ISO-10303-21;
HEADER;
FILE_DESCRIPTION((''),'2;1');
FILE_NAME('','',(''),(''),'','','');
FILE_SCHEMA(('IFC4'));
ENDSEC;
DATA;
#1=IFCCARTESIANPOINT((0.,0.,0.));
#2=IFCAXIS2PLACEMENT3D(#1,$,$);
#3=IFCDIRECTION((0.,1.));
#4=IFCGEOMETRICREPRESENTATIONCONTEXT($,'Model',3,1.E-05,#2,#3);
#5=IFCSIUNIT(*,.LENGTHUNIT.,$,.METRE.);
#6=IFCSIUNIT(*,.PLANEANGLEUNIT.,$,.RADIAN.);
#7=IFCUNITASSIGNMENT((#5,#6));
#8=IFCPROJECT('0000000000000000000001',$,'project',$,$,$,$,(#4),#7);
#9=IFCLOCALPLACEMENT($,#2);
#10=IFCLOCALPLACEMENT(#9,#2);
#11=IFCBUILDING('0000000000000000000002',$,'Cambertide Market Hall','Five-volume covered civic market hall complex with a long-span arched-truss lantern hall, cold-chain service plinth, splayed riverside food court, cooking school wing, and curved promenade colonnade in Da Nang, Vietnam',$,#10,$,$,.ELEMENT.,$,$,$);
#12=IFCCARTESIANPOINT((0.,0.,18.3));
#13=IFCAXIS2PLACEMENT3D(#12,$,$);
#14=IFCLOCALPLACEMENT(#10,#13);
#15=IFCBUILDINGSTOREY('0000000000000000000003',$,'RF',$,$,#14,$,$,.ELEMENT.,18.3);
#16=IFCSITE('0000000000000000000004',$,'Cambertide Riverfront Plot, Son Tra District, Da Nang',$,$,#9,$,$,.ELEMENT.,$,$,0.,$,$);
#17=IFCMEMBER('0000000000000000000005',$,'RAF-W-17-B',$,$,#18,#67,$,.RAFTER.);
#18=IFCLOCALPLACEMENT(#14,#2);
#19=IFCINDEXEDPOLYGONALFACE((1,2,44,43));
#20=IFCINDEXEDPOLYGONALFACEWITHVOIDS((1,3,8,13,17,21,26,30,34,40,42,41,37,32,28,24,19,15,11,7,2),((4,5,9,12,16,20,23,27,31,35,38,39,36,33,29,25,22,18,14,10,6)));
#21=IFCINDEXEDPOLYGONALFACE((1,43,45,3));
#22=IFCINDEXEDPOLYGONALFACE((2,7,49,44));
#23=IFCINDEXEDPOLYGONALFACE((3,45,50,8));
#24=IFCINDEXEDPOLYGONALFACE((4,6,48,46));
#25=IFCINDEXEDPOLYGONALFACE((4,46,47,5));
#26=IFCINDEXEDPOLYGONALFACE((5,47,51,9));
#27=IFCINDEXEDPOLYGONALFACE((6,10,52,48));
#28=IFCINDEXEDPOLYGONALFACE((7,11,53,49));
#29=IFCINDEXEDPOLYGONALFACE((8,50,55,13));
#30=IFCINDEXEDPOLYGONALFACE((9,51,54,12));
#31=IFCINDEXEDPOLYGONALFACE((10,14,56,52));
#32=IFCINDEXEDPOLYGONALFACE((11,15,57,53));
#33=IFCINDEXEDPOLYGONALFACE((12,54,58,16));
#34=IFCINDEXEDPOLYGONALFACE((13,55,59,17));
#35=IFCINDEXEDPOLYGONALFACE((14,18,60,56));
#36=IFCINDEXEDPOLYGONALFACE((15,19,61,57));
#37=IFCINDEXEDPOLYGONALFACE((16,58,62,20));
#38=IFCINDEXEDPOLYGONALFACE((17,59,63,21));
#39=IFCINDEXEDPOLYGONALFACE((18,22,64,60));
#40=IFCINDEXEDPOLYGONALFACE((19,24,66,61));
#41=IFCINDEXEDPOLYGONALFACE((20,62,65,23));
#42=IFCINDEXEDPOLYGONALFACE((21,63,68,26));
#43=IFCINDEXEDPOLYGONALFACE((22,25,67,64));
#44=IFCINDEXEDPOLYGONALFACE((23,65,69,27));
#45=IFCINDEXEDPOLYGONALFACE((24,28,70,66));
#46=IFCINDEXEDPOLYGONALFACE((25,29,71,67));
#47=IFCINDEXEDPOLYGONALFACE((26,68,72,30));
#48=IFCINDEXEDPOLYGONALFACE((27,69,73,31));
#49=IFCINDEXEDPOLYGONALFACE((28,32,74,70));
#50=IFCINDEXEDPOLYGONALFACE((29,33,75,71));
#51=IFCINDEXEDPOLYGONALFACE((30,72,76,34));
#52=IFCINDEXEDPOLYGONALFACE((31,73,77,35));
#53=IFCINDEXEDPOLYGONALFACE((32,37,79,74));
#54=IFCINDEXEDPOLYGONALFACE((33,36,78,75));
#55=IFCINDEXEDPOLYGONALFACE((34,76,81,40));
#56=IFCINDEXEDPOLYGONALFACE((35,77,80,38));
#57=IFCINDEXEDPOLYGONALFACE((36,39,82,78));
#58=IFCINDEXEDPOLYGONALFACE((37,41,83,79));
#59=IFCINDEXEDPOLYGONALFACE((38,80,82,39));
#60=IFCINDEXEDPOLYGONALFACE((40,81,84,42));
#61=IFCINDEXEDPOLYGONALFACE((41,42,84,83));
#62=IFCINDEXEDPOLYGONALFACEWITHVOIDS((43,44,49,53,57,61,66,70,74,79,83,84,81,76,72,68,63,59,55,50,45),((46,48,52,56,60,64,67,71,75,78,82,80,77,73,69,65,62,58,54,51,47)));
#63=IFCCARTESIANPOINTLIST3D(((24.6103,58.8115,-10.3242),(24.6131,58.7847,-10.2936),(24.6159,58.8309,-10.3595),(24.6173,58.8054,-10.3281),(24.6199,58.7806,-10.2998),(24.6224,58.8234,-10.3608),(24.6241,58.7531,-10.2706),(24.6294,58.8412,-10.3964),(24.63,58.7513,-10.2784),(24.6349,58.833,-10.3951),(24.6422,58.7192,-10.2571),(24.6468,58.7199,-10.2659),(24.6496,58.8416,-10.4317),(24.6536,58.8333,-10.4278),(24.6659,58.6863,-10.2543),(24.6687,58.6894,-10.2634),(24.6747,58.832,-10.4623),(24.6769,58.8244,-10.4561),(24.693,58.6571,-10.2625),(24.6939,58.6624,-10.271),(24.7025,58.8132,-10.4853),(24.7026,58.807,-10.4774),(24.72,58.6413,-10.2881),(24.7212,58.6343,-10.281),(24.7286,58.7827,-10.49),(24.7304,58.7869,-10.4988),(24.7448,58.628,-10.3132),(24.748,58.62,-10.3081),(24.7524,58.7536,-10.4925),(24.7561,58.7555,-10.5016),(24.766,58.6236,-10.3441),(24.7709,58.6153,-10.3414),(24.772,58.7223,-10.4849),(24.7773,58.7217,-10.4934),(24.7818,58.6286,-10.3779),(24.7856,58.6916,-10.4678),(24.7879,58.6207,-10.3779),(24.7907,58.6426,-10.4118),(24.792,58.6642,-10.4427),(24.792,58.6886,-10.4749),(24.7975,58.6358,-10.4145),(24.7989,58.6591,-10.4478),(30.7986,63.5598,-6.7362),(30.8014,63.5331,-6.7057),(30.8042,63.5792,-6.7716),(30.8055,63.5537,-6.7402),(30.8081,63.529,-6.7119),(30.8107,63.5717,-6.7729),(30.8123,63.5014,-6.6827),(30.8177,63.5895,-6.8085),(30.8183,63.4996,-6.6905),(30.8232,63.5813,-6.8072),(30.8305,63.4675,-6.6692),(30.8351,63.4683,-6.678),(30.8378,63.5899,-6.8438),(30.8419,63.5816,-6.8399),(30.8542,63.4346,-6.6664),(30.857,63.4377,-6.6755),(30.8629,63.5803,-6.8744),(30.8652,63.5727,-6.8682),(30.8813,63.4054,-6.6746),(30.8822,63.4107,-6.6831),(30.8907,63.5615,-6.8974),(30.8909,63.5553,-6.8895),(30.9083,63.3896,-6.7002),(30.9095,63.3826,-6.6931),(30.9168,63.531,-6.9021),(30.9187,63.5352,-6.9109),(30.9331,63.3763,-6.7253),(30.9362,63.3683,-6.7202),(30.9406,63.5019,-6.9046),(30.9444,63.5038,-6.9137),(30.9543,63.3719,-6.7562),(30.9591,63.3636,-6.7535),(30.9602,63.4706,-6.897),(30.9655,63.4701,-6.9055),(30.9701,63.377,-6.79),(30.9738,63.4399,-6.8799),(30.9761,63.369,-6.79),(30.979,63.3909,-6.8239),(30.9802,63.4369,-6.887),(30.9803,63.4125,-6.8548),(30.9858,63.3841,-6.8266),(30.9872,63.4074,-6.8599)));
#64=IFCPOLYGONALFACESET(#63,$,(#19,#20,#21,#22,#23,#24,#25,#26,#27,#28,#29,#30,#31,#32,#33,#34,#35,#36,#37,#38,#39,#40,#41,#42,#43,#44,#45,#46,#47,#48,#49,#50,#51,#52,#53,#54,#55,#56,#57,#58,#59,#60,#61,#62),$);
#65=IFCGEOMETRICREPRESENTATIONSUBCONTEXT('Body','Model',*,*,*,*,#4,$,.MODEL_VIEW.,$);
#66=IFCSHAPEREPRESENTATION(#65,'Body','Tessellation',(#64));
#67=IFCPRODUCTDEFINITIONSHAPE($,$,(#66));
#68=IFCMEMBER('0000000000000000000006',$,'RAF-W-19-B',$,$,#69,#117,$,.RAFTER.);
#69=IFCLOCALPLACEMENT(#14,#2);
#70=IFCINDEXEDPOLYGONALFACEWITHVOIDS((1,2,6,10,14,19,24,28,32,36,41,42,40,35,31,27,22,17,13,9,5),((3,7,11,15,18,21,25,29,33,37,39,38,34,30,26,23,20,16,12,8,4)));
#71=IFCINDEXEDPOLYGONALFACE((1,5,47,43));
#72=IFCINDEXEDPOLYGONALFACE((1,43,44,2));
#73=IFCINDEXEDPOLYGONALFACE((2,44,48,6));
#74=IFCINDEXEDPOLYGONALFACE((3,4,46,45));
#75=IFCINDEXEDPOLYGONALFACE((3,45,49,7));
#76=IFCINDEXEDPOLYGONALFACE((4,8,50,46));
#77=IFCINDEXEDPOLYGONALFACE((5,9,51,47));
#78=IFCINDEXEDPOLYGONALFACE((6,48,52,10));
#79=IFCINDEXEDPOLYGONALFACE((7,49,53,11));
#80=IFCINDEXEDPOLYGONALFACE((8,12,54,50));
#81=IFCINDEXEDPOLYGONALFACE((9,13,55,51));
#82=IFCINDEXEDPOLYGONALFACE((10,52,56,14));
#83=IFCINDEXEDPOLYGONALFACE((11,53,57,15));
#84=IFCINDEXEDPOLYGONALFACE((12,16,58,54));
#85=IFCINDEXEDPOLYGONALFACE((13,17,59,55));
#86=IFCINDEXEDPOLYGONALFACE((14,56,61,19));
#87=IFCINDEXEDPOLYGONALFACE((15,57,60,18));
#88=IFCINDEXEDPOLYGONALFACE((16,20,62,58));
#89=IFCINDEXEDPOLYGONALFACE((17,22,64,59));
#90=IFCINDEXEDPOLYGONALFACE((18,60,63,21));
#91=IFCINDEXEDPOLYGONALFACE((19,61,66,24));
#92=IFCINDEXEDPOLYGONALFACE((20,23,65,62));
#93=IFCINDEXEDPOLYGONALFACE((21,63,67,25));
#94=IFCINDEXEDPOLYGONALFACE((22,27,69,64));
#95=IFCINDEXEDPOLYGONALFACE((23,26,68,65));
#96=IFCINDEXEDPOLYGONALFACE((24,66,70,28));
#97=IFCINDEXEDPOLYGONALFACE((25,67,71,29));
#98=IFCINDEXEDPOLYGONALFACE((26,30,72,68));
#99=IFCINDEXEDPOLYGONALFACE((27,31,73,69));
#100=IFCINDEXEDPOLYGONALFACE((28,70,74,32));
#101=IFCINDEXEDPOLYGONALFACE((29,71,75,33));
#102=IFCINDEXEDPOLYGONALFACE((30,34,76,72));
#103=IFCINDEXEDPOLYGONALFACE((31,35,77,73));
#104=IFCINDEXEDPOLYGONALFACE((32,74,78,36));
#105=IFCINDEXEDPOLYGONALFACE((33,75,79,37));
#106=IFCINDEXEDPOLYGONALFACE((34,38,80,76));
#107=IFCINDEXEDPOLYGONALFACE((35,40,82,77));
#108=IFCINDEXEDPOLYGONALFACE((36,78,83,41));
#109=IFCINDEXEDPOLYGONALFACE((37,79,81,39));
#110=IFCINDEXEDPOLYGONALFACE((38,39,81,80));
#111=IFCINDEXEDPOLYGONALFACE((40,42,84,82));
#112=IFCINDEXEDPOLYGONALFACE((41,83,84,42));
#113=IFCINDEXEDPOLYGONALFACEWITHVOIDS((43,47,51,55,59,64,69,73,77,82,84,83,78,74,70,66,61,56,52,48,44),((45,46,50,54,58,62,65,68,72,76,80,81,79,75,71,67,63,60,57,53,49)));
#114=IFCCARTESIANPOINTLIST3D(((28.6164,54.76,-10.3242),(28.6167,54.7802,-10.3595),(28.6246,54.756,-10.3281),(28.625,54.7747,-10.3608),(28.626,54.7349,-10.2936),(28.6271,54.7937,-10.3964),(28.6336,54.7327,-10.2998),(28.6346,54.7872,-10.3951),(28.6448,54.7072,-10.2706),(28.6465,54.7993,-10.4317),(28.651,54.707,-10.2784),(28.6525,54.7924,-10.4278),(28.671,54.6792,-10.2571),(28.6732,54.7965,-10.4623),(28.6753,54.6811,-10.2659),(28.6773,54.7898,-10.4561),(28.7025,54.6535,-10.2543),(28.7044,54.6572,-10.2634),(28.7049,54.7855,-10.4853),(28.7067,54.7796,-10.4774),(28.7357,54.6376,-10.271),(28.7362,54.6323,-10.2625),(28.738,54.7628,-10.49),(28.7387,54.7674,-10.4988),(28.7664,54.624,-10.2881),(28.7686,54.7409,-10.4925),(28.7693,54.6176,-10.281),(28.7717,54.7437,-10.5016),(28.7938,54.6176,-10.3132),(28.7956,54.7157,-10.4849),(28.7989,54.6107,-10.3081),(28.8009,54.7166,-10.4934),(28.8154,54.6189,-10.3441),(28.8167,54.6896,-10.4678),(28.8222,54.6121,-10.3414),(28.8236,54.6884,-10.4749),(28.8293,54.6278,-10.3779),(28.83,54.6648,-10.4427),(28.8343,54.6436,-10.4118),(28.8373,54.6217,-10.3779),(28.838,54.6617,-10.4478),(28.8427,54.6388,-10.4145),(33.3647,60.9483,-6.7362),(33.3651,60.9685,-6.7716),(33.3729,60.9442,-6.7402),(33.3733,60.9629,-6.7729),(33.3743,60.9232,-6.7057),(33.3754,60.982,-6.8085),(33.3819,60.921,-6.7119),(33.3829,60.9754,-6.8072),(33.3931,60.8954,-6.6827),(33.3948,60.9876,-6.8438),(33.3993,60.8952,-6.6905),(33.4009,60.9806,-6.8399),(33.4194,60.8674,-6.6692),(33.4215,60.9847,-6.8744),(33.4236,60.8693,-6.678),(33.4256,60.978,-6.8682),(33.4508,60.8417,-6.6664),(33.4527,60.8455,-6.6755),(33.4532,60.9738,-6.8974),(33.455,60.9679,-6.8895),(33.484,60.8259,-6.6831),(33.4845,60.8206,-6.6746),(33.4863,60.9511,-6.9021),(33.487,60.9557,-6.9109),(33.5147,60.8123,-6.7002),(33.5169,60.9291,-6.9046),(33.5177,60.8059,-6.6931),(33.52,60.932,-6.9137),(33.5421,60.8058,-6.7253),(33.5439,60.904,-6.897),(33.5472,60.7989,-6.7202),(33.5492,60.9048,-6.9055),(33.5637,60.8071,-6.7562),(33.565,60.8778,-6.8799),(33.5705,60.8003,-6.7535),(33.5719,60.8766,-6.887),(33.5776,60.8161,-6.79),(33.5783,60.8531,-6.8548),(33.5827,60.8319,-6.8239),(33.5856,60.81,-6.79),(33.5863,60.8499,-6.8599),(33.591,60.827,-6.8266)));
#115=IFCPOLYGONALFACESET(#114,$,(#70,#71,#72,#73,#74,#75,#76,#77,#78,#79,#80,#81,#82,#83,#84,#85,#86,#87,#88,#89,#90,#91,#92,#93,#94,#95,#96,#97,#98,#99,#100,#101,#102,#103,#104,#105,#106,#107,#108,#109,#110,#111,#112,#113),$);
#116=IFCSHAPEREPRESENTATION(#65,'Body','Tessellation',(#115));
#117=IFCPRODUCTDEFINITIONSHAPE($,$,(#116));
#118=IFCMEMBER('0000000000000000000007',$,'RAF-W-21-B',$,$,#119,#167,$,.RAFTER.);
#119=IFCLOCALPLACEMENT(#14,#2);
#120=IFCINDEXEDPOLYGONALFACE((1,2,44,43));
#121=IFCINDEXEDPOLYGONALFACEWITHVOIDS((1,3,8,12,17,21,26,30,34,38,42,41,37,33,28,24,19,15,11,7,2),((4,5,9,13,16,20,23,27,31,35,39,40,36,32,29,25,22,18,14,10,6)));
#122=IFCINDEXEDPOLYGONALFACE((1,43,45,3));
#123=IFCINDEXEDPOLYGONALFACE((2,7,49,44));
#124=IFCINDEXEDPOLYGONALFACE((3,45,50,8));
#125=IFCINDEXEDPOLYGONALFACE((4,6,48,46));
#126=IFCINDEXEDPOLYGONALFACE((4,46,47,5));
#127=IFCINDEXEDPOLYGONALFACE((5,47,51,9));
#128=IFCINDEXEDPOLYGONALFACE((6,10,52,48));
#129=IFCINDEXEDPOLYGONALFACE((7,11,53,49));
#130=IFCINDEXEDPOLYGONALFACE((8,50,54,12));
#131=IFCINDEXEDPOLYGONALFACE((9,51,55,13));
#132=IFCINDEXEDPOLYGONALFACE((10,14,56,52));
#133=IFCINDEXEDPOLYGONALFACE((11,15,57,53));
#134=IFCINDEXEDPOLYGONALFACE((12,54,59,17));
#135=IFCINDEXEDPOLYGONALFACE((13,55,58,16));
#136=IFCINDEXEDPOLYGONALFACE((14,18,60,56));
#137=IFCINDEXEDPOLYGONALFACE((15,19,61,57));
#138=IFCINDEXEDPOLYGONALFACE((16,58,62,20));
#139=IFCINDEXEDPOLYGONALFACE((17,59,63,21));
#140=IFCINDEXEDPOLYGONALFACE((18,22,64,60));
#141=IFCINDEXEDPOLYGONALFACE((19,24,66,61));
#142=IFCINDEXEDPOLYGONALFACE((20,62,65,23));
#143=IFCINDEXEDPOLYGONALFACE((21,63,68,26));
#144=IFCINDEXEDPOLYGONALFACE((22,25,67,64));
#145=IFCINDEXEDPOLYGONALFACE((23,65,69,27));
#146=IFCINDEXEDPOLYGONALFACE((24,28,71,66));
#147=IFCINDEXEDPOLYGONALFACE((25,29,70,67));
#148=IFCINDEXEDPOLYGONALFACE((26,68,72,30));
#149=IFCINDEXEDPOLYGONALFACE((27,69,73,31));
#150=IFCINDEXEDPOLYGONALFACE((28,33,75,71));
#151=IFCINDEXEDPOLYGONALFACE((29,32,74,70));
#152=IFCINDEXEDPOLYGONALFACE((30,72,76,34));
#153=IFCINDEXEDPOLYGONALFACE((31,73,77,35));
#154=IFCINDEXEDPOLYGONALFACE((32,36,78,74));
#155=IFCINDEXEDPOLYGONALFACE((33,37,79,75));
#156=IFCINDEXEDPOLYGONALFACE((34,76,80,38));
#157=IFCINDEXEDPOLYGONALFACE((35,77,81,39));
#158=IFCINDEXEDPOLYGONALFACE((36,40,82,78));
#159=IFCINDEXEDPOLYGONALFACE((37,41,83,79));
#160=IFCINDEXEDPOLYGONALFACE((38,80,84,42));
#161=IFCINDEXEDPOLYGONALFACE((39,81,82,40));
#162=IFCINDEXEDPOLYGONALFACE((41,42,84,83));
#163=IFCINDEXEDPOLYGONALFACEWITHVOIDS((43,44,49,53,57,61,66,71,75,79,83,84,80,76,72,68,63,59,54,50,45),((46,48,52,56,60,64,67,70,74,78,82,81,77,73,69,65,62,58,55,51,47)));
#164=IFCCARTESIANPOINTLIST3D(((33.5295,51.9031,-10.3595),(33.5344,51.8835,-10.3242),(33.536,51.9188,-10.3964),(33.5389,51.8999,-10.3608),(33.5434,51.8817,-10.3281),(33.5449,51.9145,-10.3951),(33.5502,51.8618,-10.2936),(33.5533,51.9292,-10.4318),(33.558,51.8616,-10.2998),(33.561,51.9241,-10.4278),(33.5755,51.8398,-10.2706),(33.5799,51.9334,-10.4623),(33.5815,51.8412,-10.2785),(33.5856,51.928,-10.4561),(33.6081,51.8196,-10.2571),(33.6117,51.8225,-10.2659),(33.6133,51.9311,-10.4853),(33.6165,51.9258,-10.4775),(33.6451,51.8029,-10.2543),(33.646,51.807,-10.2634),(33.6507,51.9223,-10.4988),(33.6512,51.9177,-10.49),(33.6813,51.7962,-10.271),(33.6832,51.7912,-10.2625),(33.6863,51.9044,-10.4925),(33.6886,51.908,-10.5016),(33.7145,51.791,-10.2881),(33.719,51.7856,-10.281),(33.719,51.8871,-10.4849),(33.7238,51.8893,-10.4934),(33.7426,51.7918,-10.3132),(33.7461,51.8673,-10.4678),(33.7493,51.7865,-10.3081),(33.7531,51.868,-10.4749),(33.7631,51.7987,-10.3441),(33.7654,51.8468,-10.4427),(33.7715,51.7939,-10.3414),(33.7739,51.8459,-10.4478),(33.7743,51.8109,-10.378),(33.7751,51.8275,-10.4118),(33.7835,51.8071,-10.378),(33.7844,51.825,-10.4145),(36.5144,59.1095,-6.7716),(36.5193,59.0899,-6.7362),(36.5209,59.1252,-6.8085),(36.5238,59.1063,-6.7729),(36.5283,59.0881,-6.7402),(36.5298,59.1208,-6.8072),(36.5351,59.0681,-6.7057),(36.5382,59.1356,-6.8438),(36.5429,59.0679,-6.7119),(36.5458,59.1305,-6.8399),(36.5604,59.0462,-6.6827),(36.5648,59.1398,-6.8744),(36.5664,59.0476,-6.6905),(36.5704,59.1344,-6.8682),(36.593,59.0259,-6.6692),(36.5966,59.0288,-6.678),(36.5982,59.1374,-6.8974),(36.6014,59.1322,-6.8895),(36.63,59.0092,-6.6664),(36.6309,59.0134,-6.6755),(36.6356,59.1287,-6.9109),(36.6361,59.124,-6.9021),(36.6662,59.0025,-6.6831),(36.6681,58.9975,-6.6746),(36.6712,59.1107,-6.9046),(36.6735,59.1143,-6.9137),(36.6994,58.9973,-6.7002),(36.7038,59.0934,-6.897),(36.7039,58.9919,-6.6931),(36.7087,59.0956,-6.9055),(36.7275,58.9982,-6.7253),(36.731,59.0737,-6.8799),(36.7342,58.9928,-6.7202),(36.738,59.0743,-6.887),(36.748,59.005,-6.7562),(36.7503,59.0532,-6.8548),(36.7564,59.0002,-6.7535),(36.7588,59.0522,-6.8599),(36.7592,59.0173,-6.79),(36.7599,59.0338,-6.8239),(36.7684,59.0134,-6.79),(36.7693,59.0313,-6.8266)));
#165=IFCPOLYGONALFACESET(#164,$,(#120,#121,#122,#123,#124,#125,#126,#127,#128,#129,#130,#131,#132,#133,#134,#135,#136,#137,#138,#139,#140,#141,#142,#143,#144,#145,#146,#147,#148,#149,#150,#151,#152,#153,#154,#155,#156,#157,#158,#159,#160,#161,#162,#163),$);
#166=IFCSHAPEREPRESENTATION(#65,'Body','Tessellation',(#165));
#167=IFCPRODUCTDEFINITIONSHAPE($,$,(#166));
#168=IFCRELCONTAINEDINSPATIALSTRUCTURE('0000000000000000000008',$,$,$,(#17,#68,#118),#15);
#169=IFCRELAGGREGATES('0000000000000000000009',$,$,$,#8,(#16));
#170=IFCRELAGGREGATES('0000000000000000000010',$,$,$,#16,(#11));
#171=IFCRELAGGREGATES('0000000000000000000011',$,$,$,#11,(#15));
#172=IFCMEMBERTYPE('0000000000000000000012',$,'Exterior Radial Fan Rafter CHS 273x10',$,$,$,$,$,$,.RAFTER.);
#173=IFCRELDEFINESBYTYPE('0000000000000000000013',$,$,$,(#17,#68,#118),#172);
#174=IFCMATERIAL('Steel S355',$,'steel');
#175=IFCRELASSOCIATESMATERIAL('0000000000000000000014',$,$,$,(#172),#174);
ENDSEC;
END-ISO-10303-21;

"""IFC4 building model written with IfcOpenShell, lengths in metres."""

from ifc_helpers import new_model, si_unit, direction, frame, origin, origin_2d, place, context, subcontext, project, spatial, hollow_circle, extrude, material, material_profile, profile_set, type_object, element, save


model = new_model("IFC4")

# Units and contexts
model_context = context("Model", 3, precision=1e-05, world=origin(), true_north=direction((0.0, 1.0)))
body_context = subcontext(model_context, "Body", "Model", "MODEL_VIEW")
ifc_project = project(units=[si_unit("LENGTHUNIT", "METRE"), si_unit("PLANEANGLEUNIT", "RADIAN")], contexts=[model_context])

# Site, building, storey
site_placement = place(None, origin())
site = spatial("IfcSite", under=ifc_project, at=site_placement, Name="Cambertide Riverfront Plot, Son Tra District, Da Nang", CompositionType="ELEMENT", RefElevation=0.0)
building_placement = place(site_placement, origin())
building = spatial("IfcBuilding", under=site, at=building_placement, Name="Cambertide Market Hall", Description="Five-volume covered civic market hall complex with a long-span arched-truss lantern hall, cold-chain service plinth, splayed riverside food court, cooking school wing, and curved promenade colonnade in Da Nang, Vietnam", CompositionType="ELEMENT")
storey_placement = place(building_placement, frame((0.0, 0.0, 18.3)))
storey = spatial("IfcBuildingStorey", under=building, at=storey_placement, Name="RF", CompositionType="ELEMENT", Elevation=18.3)

# Members
ifc_material_1 = material(Name="Steel S355", Category="steel")
ifc_material_profile_1 = material_profile(ifc_material_1, hollow_circle(Radius=0.1365, WallThickness=0.01, at=origin_2d()), Name="CHS 273x10")
ifc_profile_set_1 = profile_set([ifc_material_profile_1], Name="Steel S355")
member_type_1 = type_object("IfcMemberType", Name="Exterior Radial Fan Rafter CHS 273x10", PredefinedType="RAFTER", material=ifc_profile_set_1)
for number, where, z_axis, x_axis, name in (
    (1, (30.8931, 63.4773, -6.79), (-0.720764, -0.553049, -0.417894), (0.608753, -0.79336, 0.0), "RAF-W-17-B"),
    (2, (33.4773, 60.8931, -6.79), (-0.553049, -0.720764, -0.417894), (0.79336, -0.608753, 0.0), "RAF-W-19-B"),
    (3, (36.6423, 59.0657, -6.79), (-0.347658, -0.839344, -0.417895), (0.923883, -0.382674, 0.0), "RAF-W-21-B"),
):
    element("IfcMember", number, at=place(storey_placement, frame(where, z_axis=z_axis, x_axis=x_axis)), inside=storey, type_object=member_type_1, Name=name, PredefinedType="RAFTER", context=body_context, shape_type="SweptSolid", body=[
        extrude(hollow_circle(Radius=0.1365, WallThickness=0.01, at=origin_2d()), origin(), (0.0, 0.0, 1.0), 8.5857),
    ])

save(model, "model.ifc")
